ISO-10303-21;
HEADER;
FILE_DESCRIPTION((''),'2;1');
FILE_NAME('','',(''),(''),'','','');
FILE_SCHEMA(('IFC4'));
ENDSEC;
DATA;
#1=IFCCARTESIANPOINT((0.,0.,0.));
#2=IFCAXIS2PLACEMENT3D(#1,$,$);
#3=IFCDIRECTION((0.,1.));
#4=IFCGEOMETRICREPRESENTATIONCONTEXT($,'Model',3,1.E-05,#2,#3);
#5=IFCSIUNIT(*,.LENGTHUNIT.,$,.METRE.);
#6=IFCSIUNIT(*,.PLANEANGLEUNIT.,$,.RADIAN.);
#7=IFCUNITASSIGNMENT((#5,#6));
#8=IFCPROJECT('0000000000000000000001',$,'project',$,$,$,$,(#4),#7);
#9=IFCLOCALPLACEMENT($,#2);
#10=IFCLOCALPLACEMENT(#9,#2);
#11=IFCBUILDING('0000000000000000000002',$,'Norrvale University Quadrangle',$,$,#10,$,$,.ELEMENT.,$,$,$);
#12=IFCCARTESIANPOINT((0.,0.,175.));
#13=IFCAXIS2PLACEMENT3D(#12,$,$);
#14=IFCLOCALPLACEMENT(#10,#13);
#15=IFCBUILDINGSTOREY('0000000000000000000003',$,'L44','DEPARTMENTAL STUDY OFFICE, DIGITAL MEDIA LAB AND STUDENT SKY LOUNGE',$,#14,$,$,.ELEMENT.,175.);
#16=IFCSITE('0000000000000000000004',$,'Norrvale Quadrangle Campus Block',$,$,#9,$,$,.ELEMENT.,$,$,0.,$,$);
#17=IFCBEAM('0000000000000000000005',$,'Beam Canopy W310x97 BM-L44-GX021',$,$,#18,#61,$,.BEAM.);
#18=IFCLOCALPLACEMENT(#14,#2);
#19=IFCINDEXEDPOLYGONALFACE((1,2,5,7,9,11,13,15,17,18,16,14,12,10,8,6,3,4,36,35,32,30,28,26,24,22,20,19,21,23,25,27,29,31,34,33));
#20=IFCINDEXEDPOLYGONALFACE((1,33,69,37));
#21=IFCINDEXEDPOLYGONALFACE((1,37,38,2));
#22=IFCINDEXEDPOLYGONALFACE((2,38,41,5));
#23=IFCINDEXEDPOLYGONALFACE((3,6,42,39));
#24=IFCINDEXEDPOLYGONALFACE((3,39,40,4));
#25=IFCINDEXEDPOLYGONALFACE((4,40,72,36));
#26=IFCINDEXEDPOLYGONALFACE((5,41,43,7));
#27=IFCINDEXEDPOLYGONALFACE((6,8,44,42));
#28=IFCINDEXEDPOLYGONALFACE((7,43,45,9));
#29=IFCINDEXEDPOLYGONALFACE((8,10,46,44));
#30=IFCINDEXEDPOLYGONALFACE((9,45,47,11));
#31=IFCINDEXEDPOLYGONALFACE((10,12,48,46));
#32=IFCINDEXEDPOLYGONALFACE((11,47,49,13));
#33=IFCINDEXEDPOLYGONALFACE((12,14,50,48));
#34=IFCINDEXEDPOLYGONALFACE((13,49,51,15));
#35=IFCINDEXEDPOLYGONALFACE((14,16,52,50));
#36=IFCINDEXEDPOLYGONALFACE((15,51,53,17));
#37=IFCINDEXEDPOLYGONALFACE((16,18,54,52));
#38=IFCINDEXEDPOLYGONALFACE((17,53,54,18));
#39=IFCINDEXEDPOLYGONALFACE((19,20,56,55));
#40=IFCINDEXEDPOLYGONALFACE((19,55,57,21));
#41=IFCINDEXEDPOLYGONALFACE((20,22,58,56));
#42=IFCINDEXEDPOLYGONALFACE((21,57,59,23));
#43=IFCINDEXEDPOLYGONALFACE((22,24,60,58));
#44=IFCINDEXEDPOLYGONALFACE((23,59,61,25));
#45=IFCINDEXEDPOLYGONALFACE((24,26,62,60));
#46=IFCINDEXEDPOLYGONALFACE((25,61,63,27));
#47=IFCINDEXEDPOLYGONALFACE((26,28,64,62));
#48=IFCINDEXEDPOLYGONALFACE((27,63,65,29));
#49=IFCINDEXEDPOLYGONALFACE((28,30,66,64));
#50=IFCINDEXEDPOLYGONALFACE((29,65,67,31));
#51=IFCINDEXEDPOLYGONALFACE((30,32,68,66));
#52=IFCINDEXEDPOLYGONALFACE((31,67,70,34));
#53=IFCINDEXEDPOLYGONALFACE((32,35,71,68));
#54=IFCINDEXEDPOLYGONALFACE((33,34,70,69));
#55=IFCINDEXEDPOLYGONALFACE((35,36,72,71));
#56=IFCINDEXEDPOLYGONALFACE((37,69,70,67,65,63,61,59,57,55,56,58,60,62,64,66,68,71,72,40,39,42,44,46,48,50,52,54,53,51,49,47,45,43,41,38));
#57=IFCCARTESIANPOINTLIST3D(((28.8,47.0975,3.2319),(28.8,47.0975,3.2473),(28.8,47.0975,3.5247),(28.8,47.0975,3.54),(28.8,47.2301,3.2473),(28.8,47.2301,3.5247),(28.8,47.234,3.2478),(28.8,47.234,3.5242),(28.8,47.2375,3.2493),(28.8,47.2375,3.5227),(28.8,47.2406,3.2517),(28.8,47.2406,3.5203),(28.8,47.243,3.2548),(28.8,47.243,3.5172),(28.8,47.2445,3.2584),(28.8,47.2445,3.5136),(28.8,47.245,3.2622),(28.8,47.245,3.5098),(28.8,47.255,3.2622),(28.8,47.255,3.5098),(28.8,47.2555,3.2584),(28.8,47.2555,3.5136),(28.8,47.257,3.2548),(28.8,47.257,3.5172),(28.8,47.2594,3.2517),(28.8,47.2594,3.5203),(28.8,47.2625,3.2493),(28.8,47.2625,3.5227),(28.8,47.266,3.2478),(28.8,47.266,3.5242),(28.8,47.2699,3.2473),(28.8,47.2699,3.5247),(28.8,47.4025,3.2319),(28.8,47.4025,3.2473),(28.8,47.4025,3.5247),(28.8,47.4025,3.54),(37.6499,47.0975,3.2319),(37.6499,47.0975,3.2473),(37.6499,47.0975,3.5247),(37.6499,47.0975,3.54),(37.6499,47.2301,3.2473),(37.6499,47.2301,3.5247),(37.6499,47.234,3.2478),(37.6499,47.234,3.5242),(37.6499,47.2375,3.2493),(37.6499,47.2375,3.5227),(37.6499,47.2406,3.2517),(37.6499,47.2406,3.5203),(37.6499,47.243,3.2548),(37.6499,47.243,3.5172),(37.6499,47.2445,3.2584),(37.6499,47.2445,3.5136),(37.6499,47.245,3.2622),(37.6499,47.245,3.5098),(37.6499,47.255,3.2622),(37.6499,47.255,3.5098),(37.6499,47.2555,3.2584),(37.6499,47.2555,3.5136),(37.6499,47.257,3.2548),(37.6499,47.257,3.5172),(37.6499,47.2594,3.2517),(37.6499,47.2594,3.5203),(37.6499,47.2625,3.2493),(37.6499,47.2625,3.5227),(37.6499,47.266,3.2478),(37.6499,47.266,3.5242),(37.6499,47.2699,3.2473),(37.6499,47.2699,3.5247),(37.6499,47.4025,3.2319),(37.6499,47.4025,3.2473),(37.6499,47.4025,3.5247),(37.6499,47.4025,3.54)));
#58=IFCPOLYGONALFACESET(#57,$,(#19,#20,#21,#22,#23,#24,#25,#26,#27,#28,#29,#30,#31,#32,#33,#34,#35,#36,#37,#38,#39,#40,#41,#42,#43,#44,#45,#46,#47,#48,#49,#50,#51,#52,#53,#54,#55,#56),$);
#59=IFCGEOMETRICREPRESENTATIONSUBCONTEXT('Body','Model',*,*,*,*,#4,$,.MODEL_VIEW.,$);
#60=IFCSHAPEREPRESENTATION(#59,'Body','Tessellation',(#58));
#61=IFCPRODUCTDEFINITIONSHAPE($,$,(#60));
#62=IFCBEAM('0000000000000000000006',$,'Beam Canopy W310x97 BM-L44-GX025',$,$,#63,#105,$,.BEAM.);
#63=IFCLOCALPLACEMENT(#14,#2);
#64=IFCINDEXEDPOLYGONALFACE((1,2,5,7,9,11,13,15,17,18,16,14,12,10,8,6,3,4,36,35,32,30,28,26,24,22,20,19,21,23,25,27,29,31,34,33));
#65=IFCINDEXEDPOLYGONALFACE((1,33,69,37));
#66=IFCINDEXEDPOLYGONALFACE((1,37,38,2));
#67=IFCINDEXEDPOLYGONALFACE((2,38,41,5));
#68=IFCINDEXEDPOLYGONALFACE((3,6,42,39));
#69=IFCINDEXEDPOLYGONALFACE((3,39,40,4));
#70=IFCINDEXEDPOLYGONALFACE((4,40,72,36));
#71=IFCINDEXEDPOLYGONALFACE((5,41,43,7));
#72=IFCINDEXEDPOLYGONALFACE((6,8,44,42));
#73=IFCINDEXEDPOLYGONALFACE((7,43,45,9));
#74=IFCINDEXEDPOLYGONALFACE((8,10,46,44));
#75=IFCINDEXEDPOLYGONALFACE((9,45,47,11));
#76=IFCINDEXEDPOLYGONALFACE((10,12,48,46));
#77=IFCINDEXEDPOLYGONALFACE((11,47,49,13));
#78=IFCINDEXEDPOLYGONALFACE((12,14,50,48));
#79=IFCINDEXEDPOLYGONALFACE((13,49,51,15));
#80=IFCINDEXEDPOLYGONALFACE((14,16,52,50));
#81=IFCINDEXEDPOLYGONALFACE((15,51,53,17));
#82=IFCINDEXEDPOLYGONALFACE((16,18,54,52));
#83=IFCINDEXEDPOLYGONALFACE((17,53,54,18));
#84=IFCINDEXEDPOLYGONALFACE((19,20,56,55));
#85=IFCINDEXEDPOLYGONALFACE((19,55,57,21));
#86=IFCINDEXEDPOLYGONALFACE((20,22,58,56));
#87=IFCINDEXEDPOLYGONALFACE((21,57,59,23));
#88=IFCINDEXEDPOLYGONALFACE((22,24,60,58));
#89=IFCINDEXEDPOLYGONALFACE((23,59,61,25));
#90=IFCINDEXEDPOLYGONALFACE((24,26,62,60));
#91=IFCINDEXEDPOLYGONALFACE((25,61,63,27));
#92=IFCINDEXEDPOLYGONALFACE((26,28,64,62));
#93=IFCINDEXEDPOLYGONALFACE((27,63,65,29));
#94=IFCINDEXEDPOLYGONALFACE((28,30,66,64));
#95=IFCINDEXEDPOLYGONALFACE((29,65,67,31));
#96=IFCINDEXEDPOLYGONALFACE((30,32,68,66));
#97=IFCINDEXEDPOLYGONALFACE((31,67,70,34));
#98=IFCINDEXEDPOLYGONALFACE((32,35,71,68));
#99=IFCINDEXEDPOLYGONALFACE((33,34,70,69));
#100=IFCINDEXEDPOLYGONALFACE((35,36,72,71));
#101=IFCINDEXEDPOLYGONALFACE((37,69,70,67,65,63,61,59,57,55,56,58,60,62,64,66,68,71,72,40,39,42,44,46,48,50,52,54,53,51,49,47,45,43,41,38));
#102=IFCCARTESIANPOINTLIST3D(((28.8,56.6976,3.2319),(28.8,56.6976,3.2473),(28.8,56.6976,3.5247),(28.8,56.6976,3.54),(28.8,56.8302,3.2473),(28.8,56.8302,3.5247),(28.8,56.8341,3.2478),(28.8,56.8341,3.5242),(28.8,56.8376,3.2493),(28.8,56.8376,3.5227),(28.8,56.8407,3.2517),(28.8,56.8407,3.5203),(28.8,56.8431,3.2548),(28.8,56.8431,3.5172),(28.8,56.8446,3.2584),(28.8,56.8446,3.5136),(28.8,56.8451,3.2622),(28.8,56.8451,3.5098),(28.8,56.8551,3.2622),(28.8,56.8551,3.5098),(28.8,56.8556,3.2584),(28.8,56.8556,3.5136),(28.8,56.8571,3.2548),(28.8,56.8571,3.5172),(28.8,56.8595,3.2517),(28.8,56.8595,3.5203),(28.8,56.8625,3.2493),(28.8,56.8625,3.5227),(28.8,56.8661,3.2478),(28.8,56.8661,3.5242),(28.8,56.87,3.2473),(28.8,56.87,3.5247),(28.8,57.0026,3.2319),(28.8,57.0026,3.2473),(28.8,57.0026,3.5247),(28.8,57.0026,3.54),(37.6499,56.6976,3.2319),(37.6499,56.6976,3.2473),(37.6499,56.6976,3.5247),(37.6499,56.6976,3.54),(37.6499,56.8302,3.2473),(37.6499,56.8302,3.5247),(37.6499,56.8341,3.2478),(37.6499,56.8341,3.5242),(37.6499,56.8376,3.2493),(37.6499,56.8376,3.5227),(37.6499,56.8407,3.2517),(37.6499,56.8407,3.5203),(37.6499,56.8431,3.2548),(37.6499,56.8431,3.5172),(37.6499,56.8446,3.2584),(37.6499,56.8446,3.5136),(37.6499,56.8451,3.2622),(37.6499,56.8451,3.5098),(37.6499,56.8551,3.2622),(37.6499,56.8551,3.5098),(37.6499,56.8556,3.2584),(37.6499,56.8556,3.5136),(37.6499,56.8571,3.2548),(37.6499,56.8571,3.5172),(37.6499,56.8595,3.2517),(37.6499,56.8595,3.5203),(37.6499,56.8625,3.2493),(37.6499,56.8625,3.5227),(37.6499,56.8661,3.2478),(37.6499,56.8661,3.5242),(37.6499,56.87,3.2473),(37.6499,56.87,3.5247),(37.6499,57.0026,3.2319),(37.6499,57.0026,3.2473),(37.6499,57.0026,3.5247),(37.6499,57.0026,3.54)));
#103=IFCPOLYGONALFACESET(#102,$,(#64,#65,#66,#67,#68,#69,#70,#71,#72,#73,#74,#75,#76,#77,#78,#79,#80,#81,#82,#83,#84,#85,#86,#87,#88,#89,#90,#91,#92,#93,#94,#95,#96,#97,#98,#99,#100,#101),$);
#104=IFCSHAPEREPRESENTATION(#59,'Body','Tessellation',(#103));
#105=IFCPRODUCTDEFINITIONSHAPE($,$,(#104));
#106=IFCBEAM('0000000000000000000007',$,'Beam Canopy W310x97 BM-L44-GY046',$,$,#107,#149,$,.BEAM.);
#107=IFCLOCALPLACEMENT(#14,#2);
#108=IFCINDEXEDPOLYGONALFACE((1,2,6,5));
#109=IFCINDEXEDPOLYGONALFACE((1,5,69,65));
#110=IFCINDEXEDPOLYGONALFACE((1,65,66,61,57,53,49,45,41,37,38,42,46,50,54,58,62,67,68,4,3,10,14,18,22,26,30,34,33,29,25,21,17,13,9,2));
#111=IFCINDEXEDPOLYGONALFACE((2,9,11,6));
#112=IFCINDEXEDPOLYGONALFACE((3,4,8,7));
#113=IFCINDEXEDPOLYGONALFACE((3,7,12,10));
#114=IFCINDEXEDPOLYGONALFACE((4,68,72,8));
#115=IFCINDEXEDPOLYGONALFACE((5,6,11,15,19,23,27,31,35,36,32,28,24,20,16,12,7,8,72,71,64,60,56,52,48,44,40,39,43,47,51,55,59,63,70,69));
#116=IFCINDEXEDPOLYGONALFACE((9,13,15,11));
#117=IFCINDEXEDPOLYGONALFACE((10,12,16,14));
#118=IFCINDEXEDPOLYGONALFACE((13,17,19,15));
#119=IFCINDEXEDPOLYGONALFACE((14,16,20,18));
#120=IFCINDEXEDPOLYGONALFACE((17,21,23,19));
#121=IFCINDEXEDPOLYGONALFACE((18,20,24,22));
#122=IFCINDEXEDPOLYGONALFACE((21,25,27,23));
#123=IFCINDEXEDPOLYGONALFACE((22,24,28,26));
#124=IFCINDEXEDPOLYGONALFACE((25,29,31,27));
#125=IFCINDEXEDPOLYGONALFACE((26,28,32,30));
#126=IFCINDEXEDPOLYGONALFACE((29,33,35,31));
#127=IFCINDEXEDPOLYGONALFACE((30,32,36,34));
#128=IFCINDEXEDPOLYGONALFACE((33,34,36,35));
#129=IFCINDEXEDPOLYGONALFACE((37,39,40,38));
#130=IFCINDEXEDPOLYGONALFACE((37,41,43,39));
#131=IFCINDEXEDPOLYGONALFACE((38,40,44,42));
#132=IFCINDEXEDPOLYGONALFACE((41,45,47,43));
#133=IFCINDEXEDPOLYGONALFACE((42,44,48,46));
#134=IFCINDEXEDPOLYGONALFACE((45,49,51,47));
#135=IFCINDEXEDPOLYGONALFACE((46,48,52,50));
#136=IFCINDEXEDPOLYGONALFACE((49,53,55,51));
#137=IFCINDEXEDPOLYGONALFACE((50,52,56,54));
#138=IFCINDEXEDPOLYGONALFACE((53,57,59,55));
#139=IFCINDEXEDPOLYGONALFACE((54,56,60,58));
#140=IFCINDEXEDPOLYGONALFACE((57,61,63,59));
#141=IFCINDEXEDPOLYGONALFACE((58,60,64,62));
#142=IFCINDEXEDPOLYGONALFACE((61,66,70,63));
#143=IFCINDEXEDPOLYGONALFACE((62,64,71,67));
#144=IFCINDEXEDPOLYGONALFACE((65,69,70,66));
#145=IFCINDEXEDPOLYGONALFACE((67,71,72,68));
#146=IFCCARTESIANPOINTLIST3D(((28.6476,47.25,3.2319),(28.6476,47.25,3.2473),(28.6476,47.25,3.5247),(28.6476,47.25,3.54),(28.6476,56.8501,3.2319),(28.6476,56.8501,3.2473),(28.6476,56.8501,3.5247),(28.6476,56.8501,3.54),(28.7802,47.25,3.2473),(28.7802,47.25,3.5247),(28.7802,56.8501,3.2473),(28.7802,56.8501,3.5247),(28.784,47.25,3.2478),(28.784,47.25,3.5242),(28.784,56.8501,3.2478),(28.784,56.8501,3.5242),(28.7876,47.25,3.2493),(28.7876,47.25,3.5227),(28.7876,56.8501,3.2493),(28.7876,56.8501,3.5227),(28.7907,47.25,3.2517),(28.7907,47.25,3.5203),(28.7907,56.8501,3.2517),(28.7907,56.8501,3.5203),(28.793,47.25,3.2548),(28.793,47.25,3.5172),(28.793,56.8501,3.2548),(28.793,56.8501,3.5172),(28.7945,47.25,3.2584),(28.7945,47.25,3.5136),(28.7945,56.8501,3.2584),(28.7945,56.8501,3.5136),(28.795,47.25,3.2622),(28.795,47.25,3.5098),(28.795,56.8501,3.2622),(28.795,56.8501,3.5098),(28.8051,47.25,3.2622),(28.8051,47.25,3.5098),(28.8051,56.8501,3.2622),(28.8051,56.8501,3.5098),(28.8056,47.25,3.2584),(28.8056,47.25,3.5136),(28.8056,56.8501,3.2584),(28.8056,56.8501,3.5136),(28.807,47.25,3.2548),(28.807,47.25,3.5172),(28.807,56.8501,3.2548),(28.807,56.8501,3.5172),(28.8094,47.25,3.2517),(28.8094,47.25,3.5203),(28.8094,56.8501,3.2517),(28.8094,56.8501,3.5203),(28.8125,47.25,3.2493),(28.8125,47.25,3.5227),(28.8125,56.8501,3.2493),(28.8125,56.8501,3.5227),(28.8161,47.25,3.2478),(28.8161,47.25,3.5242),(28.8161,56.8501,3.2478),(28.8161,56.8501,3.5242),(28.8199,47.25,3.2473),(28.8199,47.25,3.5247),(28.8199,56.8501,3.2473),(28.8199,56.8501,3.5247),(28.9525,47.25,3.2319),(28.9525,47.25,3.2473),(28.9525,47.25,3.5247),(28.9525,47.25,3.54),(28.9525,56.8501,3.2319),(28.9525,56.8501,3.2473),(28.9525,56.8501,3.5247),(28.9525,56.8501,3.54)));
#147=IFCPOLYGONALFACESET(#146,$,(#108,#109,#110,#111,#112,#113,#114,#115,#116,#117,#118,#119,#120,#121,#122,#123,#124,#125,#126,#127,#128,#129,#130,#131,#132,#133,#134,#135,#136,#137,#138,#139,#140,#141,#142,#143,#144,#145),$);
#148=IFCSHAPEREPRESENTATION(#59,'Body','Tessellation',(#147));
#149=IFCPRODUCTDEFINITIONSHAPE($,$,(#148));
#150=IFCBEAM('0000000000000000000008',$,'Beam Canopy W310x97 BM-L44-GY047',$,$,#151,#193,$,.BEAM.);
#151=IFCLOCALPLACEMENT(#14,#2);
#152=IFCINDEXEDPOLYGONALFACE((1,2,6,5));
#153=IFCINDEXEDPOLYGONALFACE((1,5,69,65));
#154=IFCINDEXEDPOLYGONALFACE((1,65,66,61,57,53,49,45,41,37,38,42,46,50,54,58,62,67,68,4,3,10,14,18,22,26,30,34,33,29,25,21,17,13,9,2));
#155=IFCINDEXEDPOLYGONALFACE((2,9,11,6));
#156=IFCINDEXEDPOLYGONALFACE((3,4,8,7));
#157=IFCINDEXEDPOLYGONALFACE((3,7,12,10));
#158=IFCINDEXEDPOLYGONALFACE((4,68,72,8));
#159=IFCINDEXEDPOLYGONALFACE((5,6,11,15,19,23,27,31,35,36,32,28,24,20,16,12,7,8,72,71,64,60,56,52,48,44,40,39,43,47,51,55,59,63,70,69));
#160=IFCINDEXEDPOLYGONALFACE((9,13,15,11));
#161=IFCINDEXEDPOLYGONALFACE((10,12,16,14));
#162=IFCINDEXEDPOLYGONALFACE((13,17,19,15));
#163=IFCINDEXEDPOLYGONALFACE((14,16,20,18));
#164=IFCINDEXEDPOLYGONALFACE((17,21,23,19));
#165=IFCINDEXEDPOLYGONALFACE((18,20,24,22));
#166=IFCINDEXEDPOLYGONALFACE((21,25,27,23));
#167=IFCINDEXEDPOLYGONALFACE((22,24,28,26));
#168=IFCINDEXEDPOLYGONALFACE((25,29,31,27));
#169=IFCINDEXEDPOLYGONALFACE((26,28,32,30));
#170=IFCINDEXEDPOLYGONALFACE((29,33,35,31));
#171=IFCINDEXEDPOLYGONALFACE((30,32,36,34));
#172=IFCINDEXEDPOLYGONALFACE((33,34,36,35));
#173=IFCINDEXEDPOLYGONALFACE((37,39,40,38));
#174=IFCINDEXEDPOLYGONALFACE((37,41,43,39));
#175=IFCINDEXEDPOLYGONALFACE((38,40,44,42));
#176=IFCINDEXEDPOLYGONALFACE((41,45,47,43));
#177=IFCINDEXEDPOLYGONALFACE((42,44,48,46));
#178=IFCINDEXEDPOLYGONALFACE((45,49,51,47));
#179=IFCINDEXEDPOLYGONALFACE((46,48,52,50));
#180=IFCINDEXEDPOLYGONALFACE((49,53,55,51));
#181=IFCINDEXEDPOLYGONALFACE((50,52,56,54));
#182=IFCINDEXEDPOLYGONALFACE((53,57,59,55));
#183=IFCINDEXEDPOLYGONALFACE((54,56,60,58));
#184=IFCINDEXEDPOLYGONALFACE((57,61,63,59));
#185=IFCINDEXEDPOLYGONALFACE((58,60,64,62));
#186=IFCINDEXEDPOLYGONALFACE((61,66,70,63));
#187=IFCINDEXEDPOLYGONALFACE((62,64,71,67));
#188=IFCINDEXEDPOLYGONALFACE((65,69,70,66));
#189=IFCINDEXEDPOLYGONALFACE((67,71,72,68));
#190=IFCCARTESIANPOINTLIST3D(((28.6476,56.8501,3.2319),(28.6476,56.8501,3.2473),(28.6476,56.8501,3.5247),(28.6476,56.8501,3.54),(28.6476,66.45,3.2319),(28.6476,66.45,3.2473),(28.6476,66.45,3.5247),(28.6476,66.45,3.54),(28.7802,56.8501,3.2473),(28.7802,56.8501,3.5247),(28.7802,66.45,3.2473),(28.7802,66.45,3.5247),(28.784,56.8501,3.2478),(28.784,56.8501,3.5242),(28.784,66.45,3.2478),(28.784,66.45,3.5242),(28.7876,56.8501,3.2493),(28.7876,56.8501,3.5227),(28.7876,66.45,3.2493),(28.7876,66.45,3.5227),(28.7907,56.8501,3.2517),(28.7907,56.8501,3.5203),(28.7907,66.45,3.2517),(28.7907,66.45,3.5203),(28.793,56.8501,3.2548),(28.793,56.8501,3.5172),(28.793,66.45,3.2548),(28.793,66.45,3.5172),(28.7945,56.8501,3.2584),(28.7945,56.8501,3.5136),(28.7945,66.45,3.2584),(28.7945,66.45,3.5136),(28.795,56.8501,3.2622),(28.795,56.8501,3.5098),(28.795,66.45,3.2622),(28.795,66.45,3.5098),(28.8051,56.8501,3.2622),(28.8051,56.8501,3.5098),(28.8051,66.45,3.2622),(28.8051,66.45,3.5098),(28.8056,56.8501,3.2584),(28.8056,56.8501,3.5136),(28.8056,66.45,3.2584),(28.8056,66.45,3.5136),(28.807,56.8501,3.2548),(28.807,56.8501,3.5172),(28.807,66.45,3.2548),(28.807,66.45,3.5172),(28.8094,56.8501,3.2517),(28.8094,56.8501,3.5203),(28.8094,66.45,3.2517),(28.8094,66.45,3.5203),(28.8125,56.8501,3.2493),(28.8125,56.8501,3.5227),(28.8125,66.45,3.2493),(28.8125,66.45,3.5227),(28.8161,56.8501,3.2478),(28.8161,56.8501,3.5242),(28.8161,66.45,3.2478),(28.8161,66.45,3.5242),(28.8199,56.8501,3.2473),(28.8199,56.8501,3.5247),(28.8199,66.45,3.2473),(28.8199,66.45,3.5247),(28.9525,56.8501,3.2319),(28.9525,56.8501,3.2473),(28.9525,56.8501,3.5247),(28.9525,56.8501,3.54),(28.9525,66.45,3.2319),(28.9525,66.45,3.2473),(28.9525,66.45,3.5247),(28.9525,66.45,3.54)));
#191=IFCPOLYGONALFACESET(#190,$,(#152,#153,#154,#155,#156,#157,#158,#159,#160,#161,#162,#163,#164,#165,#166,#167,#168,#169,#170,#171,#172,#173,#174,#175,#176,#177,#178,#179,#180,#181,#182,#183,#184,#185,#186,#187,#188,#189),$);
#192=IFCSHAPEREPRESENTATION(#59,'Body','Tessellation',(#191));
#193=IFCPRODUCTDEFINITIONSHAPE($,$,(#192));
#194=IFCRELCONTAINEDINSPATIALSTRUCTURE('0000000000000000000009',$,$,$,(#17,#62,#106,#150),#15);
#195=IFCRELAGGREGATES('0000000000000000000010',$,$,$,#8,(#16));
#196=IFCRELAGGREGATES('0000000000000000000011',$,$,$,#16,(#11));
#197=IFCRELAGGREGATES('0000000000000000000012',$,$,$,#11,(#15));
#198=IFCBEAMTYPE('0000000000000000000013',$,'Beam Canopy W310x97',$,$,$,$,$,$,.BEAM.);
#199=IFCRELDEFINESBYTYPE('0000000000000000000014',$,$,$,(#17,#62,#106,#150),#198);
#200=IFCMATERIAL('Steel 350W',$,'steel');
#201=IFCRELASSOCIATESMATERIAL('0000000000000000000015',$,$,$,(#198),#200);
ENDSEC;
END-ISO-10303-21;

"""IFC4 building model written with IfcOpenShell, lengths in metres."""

from ifc_helpers import new_model, si_unit, direction, frame, origin, origin_2d, place, context, subcontext, project, spatial, i_section, extrude, material, material_profile, profile_set, type_object, element, save


model = new_model("IFC4")

# Units and contexts
model_context = context("Model", 3, precision=1e-05, world=origin(), true_north=direction((0.0, 1.0)))
body_context = subcontext(model_context, "Body", "Model", "MODEL_VIEW")
ifc_project = project(units=[si_unit("LENGTHUNIT", "METRE"), si_unit("PLANEANGLEUNIT", "RADIAN")], contexts=[model_context])

# Site, building, storey
site_placement = place(None, origin())
site = spatial("IfcSite", under=ifc_project, at=site_placement, Name="Norrvale Quadrangle Campus Block", CompositionType="ELEMENT", RefElevation=0.0)
building_placement = place(site_placement, origin())
building = spatial("IfcBuilding", under=site, at=building_placement, Name="Norrvale University Quadrangle", CompositionType="ELEMENT")
storey_placement = place(building_placement, frame((0.0, 0.0, 175.0)))
storey = spatial("IfcBuildingStorey", under=building, at=storey_placement, Name="L44", Description="DEPARTMENTAL STUDY OFFICE, DIGITAL MEDIA LAB AND STUDENT SKY LOUNGE", CompositionType="ELEMENT", Elevation=175.0)

# Beams
ifc_material_1 = material(Name="Steel 350W", Category="steel")
ifc_material_profile_1 = material_profile(ifc_material_1, i_section(OverallWidth=0.3049, OverallDepth=0.3081, WebThickness=0.01, FlangeThickness=0.0154, FilletRadius=0.0149, at=origin_2d()), Name="Steel 350W")
ifc_profile_set_1 = profile_set([ifc_material_profile_1], Name="Steel 350W")
beam_type_1 = type_object("IfcBeamType", Name="Beam Canopy W310x97", PredefinedType="BEAM", material=ifc_profile_set_1)
for number, where, z_axis, x_axis, name in (
    (1, (28.8, 47.25, 3.386), (1.0, 0.0, 0.0), (0.0, 1.0, 0.0), "Beam Canopy W310x97 BM-L44-GX021"),
    (2, (28.8, 56.8501, 3.386), (1.0, 0.0, 0.0), (0.0, 1.0, 0.0), "Beam Canopy W310x97 BM-L44-GX025"),
):
    element("IfcBeam", number, at=place(storey_placement, frame(where, z_axis=z_axis, x_axis=x_axis)), inside=storey, type_object=beam_type_1, Name=name, PredefinedType="BEAM", context=body_context, shape_type="SweptSolid", body=[
        extrude(i_section(OverallWidth=0.3049, OverallDepth=0.3081, WebThickness=0.01, FlangeThickness=0.0154, FilletRadius=0.0149, at=origin_2d()), origin(), (0.0, 0.0, 1.0), 8.8499),
    ])
beam_1_placement = place(storey_placement, frame((28.8, 47.25, 3.386), z_axis=(0.0, 1.0, 0.0), x_axis=(-1.0, 0.0, 0.0)))
element("IfcBeam", 3, at=beam_1_placement, inside=storey, type_object=beam_type_1, Name="Beam Canopy W310x97 BM-L44-GY046", PredefinedType="BEAM", context=body_context, shape_type="SweptSolid", body=[
    extrude(i_section(OverallWidth=0.3049, OverallDepth=0.3081, WebThickness=0.01, FlangeThickness=0.0154, FilletRadius=0.0149, at=origin_2d()), origin(), (0.0, 0.0, 1.0), 9.6001),
])
beam_2_placement = place(storey_placement, frame((28.8, 56.8501, 3.386), z_axis=(0.0, 1.0, 0.0), x_axis=(-1.0, 0.0, 0.0)))
element("IfcBeam", 4, at=beam_2_placement, inside=storey, type_object=beam_type_1, Name="Beam Canopy W310x97 BM-L44-GY047", PredefinedType="BEAM", context=body_context, shape_type="SweptSolid", body=[
    extrude(i_section(OverallWidth=0.3049, OverallDepth=0.3081, WebThickness=0.01, FlangeThickness=0.0154, FilletRadius=0.0149, at=origin_2d()), origin(), (0.0, 0.0, 1.0), 9.5999),
])

save(model, "model.ifc")
